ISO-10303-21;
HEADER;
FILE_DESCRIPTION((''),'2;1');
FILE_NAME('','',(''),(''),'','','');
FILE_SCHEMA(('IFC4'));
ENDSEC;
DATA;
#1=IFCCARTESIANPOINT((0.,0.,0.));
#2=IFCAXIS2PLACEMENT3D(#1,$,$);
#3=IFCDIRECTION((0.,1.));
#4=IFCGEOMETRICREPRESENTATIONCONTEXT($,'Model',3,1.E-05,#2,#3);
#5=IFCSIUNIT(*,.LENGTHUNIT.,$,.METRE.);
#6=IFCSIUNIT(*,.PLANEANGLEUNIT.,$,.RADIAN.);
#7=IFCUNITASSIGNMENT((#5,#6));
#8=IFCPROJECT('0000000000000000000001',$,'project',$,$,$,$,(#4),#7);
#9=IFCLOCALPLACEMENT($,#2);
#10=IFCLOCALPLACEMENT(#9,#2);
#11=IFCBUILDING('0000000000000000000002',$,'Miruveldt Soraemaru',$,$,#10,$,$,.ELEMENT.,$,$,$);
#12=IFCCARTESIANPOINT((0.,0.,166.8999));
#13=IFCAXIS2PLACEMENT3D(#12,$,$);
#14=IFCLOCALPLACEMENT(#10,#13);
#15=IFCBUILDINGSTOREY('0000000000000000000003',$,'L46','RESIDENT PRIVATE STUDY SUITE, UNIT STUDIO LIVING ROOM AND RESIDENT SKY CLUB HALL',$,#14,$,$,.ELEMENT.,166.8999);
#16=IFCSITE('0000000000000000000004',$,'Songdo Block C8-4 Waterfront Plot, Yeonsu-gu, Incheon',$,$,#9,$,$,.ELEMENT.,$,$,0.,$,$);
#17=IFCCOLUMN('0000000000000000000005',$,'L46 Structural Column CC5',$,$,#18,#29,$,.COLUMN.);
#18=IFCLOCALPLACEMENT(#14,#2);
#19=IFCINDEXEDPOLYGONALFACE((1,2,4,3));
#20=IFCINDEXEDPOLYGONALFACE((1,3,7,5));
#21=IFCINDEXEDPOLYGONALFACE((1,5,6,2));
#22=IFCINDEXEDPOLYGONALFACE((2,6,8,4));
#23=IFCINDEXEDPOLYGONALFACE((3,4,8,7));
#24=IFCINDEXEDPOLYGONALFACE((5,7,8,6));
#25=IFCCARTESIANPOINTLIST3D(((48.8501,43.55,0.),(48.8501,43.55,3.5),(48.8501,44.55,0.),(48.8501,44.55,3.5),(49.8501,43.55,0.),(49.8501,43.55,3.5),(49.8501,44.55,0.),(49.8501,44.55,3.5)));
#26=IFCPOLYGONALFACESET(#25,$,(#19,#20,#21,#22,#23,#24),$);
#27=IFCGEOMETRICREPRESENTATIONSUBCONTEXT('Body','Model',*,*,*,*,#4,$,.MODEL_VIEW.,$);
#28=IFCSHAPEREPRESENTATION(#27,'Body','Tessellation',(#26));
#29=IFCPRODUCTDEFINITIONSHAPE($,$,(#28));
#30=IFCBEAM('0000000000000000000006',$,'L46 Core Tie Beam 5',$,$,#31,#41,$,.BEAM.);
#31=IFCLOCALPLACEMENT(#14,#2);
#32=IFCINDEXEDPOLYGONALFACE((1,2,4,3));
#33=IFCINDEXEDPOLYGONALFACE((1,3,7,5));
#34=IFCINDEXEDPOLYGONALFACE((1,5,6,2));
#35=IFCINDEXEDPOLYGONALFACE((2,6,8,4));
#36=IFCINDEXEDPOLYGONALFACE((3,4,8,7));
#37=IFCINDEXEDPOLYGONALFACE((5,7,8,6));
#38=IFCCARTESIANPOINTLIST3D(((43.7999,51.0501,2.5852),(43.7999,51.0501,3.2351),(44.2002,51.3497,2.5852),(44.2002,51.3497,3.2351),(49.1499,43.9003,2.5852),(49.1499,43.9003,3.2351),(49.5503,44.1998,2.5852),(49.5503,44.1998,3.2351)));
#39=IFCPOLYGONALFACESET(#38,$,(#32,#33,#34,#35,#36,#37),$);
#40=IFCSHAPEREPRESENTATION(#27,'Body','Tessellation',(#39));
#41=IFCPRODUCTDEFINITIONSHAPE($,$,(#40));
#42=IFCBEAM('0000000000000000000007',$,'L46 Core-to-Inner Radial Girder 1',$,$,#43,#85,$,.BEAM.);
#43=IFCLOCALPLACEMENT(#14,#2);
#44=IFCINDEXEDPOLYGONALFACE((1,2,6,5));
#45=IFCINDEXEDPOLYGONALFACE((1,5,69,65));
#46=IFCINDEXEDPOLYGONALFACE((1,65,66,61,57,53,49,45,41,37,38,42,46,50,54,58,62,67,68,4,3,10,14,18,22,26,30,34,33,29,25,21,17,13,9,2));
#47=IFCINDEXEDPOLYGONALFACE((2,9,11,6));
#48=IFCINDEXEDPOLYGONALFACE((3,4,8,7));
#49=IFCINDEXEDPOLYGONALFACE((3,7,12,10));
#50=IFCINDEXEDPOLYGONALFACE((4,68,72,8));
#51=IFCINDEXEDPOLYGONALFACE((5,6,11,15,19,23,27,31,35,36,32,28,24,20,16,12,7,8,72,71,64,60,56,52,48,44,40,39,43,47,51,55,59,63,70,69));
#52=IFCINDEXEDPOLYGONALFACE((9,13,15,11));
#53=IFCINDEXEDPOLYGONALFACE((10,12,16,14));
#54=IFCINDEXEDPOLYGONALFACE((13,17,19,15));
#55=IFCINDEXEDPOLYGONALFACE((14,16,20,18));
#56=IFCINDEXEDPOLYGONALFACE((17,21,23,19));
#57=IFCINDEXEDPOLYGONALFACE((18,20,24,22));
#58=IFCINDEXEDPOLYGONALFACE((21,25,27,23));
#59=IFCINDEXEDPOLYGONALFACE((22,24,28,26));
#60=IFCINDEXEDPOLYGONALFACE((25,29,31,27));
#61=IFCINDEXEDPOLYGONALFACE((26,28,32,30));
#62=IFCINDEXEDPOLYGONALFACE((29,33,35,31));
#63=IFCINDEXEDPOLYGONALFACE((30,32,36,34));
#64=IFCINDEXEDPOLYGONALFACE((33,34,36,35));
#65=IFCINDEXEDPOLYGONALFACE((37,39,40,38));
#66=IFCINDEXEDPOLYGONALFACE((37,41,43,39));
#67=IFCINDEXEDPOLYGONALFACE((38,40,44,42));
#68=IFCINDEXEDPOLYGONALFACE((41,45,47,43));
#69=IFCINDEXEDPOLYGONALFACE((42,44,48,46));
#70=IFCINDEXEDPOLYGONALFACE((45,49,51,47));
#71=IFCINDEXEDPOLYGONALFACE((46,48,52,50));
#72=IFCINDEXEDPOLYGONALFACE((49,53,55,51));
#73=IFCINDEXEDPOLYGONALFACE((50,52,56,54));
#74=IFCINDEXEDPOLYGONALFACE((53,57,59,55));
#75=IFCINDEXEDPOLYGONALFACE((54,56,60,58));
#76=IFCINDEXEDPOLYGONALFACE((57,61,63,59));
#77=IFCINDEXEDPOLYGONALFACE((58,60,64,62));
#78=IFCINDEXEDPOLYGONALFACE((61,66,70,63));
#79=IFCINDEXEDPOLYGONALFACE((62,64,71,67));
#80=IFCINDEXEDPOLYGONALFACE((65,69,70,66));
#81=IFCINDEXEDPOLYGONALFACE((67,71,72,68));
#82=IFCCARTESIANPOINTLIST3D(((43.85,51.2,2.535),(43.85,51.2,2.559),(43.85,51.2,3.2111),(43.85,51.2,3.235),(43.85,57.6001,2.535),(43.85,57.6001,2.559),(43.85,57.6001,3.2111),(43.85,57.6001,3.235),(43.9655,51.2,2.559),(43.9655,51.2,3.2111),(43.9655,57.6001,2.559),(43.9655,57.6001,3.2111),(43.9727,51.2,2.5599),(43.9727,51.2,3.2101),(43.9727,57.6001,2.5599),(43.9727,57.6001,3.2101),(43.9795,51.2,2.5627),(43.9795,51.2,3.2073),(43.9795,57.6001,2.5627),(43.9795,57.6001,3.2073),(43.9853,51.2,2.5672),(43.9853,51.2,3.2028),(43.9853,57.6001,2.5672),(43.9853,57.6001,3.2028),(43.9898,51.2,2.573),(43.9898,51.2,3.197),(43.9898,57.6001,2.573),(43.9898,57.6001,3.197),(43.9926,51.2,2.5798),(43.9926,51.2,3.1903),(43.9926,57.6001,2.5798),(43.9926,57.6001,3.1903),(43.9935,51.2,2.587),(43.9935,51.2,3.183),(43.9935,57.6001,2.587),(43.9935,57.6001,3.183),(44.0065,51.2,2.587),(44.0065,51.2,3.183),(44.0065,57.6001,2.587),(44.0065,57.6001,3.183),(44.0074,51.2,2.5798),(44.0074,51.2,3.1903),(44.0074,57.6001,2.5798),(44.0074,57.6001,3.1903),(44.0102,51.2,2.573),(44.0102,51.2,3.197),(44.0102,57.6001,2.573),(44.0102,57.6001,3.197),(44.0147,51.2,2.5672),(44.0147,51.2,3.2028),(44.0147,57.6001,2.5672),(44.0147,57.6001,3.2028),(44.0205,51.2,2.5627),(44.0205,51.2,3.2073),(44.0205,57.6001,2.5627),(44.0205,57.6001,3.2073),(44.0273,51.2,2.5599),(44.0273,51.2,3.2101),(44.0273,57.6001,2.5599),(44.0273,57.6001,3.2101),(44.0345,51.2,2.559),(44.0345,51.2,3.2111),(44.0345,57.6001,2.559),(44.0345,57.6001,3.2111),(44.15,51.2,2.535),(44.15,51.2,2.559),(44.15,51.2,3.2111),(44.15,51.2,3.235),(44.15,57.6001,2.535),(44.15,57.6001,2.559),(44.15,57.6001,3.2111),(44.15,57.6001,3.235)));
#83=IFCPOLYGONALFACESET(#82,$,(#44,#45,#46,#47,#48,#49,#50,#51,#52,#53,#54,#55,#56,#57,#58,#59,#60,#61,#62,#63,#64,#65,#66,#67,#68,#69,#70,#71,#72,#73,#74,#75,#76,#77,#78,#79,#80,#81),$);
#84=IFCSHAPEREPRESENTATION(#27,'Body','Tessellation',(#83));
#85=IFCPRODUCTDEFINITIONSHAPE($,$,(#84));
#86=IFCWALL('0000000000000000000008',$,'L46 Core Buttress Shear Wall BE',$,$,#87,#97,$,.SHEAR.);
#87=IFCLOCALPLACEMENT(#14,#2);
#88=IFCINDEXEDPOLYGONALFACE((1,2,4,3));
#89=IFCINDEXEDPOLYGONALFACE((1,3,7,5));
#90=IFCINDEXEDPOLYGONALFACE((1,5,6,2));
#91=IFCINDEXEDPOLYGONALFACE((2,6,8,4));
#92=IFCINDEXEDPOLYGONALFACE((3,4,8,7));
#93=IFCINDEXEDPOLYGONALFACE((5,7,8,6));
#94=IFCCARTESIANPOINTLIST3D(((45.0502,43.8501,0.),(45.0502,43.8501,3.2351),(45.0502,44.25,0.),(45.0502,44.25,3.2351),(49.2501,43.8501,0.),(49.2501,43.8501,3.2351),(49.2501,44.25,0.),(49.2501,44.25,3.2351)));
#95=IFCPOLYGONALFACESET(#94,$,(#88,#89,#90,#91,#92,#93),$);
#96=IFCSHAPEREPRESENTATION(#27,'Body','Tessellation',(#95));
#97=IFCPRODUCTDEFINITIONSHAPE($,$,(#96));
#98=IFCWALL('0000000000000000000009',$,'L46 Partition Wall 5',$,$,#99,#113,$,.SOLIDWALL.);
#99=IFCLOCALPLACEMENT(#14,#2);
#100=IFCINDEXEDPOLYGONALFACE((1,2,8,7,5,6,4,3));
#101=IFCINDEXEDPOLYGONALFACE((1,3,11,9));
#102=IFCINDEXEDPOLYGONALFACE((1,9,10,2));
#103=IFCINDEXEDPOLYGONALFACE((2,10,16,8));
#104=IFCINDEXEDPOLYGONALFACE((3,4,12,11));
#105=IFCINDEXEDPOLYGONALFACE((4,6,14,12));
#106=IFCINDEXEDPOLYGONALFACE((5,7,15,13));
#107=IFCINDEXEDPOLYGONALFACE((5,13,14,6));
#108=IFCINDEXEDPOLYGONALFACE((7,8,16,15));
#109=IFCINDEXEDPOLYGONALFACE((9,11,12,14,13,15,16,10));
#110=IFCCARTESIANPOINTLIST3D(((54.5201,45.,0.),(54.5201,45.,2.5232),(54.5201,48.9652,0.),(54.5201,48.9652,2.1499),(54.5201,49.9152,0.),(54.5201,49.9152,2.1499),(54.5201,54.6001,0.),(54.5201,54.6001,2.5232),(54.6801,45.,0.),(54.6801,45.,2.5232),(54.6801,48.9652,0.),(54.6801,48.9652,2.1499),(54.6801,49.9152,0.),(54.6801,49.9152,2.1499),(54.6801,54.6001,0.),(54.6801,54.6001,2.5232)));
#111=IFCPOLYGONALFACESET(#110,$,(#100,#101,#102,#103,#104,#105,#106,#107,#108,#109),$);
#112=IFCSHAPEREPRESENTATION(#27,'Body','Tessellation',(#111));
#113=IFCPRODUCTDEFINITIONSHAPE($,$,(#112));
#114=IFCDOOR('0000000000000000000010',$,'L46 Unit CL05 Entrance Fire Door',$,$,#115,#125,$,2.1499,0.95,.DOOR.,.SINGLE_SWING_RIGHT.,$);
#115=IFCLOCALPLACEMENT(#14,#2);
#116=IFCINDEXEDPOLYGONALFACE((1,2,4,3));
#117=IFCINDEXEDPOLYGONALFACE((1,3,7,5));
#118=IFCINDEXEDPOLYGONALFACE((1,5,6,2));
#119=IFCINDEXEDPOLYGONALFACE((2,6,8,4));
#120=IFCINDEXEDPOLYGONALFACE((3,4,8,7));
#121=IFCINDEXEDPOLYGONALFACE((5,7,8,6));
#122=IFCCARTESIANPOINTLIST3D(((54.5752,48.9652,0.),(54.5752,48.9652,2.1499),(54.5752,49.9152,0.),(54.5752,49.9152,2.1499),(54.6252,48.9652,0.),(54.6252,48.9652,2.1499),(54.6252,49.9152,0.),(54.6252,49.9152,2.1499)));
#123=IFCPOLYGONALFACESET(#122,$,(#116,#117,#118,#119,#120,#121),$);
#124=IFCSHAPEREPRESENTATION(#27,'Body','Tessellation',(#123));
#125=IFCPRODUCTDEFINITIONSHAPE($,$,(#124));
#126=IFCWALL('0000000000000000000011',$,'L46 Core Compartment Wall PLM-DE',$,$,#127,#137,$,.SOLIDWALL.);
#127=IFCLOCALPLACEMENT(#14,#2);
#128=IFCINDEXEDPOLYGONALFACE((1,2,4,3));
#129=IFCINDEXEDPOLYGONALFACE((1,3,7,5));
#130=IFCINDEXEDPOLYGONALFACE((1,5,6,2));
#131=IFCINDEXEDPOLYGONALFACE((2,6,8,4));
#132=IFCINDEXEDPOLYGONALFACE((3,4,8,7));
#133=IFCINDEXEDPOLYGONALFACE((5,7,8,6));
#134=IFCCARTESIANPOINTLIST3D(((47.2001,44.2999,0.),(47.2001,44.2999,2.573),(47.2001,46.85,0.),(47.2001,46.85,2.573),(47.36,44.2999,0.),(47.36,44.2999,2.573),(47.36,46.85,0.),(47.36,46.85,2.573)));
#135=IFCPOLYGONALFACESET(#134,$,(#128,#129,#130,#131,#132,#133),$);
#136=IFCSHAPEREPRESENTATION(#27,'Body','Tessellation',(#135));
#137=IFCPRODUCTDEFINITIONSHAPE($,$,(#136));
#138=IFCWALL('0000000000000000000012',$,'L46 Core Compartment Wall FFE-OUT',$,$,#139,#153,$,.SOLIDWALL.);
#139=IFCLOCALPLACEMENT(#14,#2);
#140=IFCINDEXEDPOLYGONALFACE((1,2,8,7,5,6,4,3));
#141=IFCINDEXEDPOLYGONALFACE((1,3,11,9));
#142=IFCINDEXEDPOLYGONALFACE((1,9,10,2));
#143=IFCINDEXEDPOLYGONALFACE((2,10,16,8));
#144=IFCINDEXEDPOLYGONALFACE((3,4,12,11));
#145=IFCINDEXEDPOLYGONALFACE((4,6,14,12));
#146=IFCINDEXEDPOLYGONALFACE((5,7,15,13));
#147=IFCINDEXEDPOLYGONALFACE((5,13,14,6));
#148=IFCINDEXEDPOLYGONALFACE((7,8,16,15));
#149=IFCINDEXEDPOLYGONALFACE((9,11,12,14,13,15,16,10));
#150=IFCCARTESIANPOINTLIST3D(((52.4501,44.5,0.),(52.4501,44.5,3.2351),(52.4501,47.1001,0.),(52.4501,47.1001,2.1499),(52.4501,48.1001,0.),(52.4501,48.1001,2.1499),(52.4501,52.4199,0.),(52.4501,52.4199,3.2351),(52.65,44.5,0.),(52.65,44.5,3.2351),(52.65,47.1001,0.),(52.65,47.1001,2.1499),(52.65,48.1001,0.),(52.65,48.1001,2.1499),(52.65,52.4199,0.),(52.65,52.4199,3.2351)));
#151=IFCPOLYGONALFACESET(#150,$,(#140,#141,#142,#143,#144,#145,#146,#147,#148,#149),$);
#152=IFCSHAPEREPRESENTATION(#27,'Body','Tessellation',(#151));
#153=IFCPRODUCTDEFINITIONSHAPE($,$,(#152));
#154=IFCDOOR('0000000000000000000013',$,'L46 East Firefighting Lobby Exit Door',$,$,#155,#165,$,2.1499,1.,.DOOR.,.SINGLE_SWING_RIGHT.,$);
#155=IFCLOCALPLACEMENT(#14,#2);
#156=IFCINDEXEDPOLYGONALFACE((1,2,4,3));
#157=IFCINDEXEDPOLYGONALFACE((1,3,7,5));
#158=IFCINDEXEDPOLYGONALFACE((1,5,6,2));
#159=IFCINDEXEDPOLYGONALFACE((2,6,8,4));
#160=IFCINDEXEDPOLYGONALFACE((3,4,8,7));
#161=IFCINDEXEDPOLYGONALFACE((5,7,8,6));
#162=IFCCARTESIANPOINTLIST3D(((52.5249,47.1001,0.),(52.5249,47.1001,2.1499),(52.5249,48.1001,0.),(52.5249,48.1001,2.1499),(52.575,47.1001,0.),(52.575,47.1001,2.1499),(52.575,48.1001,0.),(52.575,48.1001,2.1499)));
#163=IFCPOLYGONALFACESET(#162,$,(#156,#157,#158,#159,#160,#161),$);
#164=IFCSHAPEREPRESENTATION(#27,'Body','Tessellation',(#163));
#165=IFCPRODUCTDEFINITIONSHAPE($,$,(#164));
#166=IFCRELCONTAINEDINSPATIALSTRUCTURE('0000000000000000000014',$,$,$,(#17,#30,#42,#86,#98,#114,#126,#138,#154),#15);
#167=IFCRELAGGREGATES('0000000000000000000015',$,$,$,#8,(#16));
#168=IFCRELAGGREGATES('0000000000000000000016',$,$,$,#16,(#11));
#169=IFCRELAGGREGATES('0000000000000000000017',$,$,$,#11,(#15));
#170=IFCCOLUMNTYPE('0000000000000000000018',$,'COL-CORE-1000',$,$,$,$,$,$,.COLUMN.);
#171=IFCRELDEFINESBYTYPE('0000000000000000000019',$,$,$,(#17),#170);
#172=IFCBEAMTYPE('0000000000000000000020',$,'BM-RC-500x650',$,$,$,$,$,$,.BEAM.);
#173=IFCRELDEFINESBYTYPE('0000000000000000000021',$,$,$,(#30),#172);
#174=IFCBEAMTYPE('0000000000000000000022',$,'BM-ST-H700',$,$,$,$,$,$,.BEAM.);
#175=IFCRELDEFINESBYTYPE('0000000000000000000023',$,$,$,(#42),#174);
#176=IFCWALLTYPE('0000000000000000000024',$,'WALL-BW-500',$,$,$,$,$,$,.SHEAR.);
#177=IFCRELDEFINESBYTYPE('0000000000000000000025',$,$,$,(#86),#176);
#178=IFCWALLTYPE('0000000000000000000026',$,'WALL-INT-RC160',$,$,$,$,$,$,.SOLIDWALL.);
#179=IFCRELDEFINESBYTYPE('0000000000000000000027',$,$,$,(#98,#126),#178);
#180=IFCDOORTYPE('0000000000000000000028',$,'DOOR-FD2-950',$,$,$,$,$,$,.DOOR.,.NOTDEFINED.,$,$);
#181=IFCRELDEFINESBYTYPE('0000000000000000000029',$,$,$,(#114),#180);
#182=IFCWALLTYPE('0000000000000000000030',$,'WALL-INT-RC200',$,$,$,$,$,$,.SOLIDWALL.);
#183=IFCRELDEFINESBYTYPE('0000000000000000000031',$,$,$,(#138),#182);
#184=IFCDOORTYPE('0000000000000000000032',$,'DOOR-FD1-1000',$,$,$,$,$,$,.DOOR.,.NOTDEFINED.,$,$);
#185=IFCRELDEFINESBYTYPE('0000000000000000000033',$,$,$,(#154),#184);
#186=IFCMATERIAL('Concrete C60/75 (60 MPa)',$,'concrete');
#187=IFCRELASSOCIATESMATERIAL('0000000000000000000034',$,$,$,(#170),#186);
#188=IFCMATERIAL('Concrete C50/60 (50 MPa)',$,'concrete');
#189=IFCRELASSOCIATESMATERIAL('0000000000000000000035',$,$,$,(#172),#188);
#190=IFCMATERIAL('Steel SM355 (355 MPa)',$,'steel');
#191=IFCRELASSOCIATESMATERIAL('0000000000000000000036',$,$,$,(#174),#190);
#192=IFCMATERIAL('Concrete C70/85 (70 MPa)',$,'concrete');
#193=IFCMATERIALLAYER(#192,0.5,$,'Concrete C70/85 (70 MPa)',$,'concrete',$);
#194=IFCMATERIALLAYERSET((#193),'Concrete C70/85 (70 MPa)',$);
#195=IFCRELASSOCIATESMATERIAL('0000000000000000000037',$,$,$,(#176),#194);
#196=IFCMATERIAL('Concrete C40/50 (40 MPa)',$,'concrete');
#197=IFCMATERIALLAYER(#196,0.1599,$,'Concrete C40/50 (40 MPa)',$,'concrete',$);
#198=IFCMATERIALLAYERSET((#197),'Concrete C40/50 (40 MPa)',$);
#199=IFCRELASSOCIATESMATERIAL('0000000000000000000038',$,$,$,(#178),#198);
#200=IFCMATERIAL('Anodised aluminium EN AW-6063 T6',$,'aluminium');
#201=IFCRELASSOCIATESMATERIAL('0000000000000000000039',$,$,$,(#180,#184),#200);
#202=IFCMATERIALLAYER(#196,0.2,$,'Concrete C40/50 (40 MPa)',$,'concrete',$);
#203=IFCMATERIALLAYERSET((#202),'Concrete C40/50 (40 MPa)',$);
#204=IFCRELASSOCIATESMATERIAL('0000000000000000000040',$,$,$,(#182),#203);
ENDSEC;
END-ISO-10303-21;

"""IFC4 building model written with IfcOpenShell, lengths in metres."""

from ifc_helpers import new_model, si_unit, direction, frame, frame_2d, origin, origin_2d, place, context, subcontext, project, spatial, rectangle, i_section, extrude, material, layer, layer_set, material_profile, profile_set, type_object, element, fill, save


model = new_model("IFC4")

# Units and contexts
model_context = context("Model", 3, precision=1e-05, world=origin(), true_north=direction((0.0, 1.0)))
body_context = subcontext(model_context, "Body", "Model", "MODEL_VIEW")
ifc_project = project(units=[si_unit("LENGTHUNIT", "METRE"), si_unit("PLANEANGLEUNIT", "RADIAN")], contexts=[model_context])

# Site, building, storey
site_placement = place(None, origin())
site = spatial("IfcSite", under=ifc_project, at=site_placement, Name="Songdo Block C8-4 Waterfront Plot, Yeonsu-gu, Incheon", CompositionType="ELEMENT", RefElevation=0.0)
building_placement = place(site_placement, origin())
building = spatial("IfcBuilding", under=site, at=building_placement, Name="Miruveldt Soraemaru", CompositionType="ELEMENT")
storey_placement = place(building_placement, frame((0.0, 0.0, 166.8999)))
storey = spatial("IfcBuildingStorey", under=building, at=storey_placement, Name="L46", Description="RESIDENT PRIVATE STUDY SUITE, UNIT STUDIO LIVING ROOM AND RESIDENT SKY CLUB HALL", CompositionType="ELEMENT", Elevation=166.8999)

# Column
ifc_material_1 = material(Name="Concrete C60/75 (60 MPa)", Category="concrete")
ifc_material_profile_1 = material_profile(ifc_material_1, rectangle(XDim=1.0, YDim=1.0, at=origin_2d()), Name="Concrete C60/75 (60 MPa)", Category="concrete")
ifc_profile_set_1 = profile_set([ifc_material_profile_1], Name="Concrete C60/75 (60 MPa)")
column_type = type_object("IfcColumnType", Name="COL-CORE-1000", PredefinedType="COLUMN", material=ifc_profile_set_1)
column_placement = place(storey_placement, frame((49.3501, 44.05, 0.0), z_axis=(0.0, 0.0, 1.0), x_axis=(1.0, 0.0, 0.0)))
element("IfcColumn", 1, at=column_placement, inside=storey, type_object=column_type, Name="L46 Structural Column CC5", PredefinedType="COLUMN", context=body_context, shape_type="SweptSolid", body=[
    extrude(rectangle(XDim=1.0, YDim=1.0, at=origin_2d()), origin(), (0.0, 0.0, 1.0), 3.5),
])

# Beams
ifc_material_2 = material(Name="Concrete C50/60 (50 MPa)", Category="concrete")
ifc_material_profile_2 = material_profile(ifc_material_2, rectangle(XDim=0.5, YDim=0.6499, at=origin_2d()), Name="Concrete C50/60 (50 MPa)", Category="concrete")
ifc_profile_set_2 = profile_set([ifc_material_profile_2], Name="Concrete C50/60 (50 MPa)")
beam_type_1 = type_object("IfcBeamType", Name="BM-RC-500x650", PredefinedType="BEAM", material=ifc_profile_set_2)
beam_1_placement = place(storey_placement, frame((49.3501, 44.05, 2.9102), z_axis=(-0.599116, 0.800662, 0.0), x_axis=(-0.800662, -0.599116, 0.0)))
element("IfcBeam", 2, at=beam_1_placement, inside=storey, type_object=beam_type_1, Name="L46 Core Tie Beam 5", PredefinedType="BEAM", context=body_context, shape_type="SweptSolid", body=[
    extrude(rectangle(XDim=0.5, YDim=0.6499, at=origin_2d()), origin(), (0.0, 0.0, 1.0), 8.9299),
])
ifc_material_3 = material(Name="Steel SM355 (355 MPa)", Category="steel")
ifc_material_profile_3 = material_profile(ifc_material_3, i_section(OverallWidth=0.3, OverallDepth=0.7, WebThickness=0.0129, FlangeThickness=0.0239, FilletRadius=0.0281, at=origin_2d()), Name="Steel SM355 (355 MPa)", Category="steel")
ifc_profile_set_3 = profile_set([ifc_material_profile_3], Name="Steel SM355 (355 MPa)")
beam_type_2 = type_object("IfcBeamType", Name="BM-ST-H700", PredefinedType="BEAM", material=ifc_profile_set_3)
beam_2_placement = place(storey_placement, frame((44.0, 51.2, 2.885), z_axis=(0.0, 1.0, 0.0), x_axis=(-1.0, 0.0, 0.0)))
element("IfcBeam", 3, at=beam_2_placement, inside=storey, type_object=beam_type_2, Name="L46 Core-to-Inner Radial Girder 1", PredefinedType="BEAM", context=body_context, shape_type="SweptSolid", body=[
    extrude(i_section(OverallWidth=0.3, OverallDepth=0.7, WebThickness=0.0129, FlangeThickness=0.0239, FilletRadius=0.0281, at=origin_2d()), origin(), (0.0, 0.0, 1.0), 6.4001),
])

# Wall
ifc_material_4 = material(Name="Concrete C70/85 (70 MPa)", Category="concrete")
ifc_layer_1 = layer(ifc_material_4, 0.5, Name="Concrete C70/85 (70 MPa)", Category="concrete")
ifc_layer_set_1 = layer_set([ifc_layer_1], Name="Concrete C70/85 (70 MPa)")
wall_type_1 = type_object("IfcWallType", Name="WALL-BW-500", PredefinedType="SHEAR", material=ifc_layer_set_1)
wall_1_placement = place(storey_placement, frame((45.05, 44.05, 0.0), z_axis=(0.0, 0.0, 1.0), x_axis=(1.0, 0.0, 0.0)))
element("IfcWall", 4, at=wall_1_placement, inside=storey, type_object=wall_type_1, Name="L46 Core Buttress Shear Wall BE", PredefinedType="SHEAR", context=body_context, shape_type="SweptSolid", body=[
    extrude(rectangle(XDim=4.2, YDim=0.3999, at=frame_2d((2.1001, 0.0))), origin(), (0.0, 0.0, 1.0), 3.2351),
])

# Wall, opening, door
ifc_material_5 = material(Name="Concrete C40/50 (40 MPa)", Category="concrete")
ifc_layer_2 = layer(ifc_material_5, 0.1599, Name="Concrete C40/50 (40 MPa)", Category="concrete")
ifc_layer_set_2 = layer_set([ifc_layer_2], Name="Concrete C40/50 (40 MPa)")
wall_type_2 = type_object("IfcWallType", Name="WALL-INT-RC160", PredefinedType="SOLIDWALL", material=ifc_layer_set_2)
wall_2_placement = place(storey_placement, frame((54.6001, 45.0, 0.0), z_axis=(0.0, 0.0, 1.0), x_axis=(0.0, 1.0, 0.0)))
wall_2 = element("IfcWall", 5, at=wall_2_placement, inside=storey, type_object=wall_type_2, Name="L46 Partition Wall 5", PredefinedType="SOLIDWALL", context=body_context, shape_type="SweptSolid", body=[
    extrude(rectangle(XDim=9.6001, YDim=0.1599, at=frame_2d((4.8, 0.0))), origin(), (0.0, 0.0, 1.0), 2.5232),
])
opening_1_placement = place(wall_2_placement, frame((3.9651, 0.0, 0.0)))
opening_1 = element("IfcOpeningElement", 6, at=opening_1_placement, cuts=wall_2, PredefinedType="OPENING", context=body_context, shape_type="SweptSolid", body=[
    extrude(rectangle(XDim=0.95, YDim=2.1499, at=frame_2d((0.4751, 1.075))), frame((0.0, 0.0898, 0.0), z_axis=(0.0, -1.0, 0.0), x_axis=(1.0, 0.0, 0.0)), (0.0, 0.0, 1.0), 0.1799),
])
ifc_material_6 = material(Name="Anodised aluminium EN AW-6063 T6", Category="aluminium")
door_type_1 = type_object("IfcDoorType", Name="DOOR-FD2-950", OperationType="NOTDEFINED", PredefinedType="DOOR", material=ifc_material_6)
door_1_placement = place(opening_1_placement, origin())
door_1 = element("IfcDoor", 7, at=door_1_placement, inside=storey, type_object=door_type_1, Name="L46 Unit CL05 Entrance Fire Door", OperationType="SINGLE_SWING_RIGHT", OverallHeight=2.1499, OverallWidth=0.95, PredefinedType="DOOR", context=body_context, shape_type="SweptSolid", body=[
    extrude(rectangle(XDim=0.95, YDim=2.1499, at=frame_2d((0.4751, 1.075))), frame((0.0, 0.0249, 0.0), z_axis=(0.0, -1.0, 0.0), x_axis=(1.0, 0.0, 0.0)), (0.0, 0.0, 1.0), 0.05),
])
fill(opening_1, door_1)

# Wall
wall_3_placement = place(storey_placement, frame((47.28, 44.3, 0.0), z_axis=(0.0, 0.0, 1.0), x_axis=(0.0, 1.0, 0.0)))
element("IfcWall", 8, at=wall_3_placement, inside=storey, type_object=wall_type_2, Name="L46 Core Compartment Wall PLM-DE", PredefinedType="SOLIDWALL", context=body_context, shape_type="SweptSolid", body=[
    extrude(rectangle(XDim=2.55, YDim=0.1599, at=frame_2d((1.2749, 0.0))), origin(), (0.0, 0.0, 1.0), 2.573),
])

# Wall, opening, door
ifc_layer_3 = layer(ifc_material_5, 0.2, Name="Concrete C40/50 (40 MPa)", Category="concrete")
ifc_layer_set_3 = layer_set([ifc_layer_3], Name="Concrete C40/50 (40 MPa)")
wall_type_3 = type_object("IfcWallType", Name="WALL-INT-RC200", PredefinedType="SOLIDWALL", material=ifc_layer_set_3)
wall_4_placement = place(storey_placement, frame((52.55, 44.5, 0.0), z_axis=(0.0, 0.0, 1.0), x_axis=(0.0, 1.0, 0.0)))
wall_4 = element("IfcWall", 9, at=wall_4_placement, inside=storey, type_object=wall_type_3, Name="L46 Core Compartment Wall FFE-OUT", PredefinedType="SOLIDWALL", context=body_context, shape_type="SweptSolid", body=[
    extrude(rectangle(XDim=7.9199, YDim=0.2, at=frame_2d((3.96, 0.0))), origin(), (0.0, 0.0, 1.0), 3.2351),
])
opening_2_placement = place(wall_4_placement, frame((2.6001, 0.0, 0.0)))
opening_2 = element("IfcOpeningElement", 10, at=opening_2_placement, cuts=wall_4, PredefinedType="OPENING", context=body_context, shape_type="SweptSolid", body=[
    extrude(rectangle(XDim=1.0, YDim=2.1499, at=frame_2d((0.5, 1.075))), frame((0.0, 0.1099, 0.0), z_axis=(0.0, -1.0, 0.0), x_axis=(1.0, 0.0, 0.0)), (0.0, 0.0, 1.0), 0.22),
])
door_type_2 = type_object("IfcDoorType", Name="DOOR-FD1-1000", OperationType="NOTDEFINED", PredefinedType="DOOR", material=ifc_material_6)
door_2_placement = place(opening_2_placement, frame((1.0, 0.0, 0.0), z_axis=(0.0, 0.0, 1.0), x_axis=(-1.0, 0.0, 0.0)))
door_2 = element("IfcDoor", 11, at=door_2_placement, inside=storey, type_object=door_type_2, Name="L46 East Firefighting Lobby Exit Door", OperationType="SINGLE_SWING_RIGHT", OverallHeight=2.1499, OverallWidth=1.0, PredefinedType="DOOR", context=body_context, shape_type="SweptSolid", body=[
    extrude(rectangle(XDim=1.0, YDim=2.1499, at=frame_2d((0.5, 1.075))), frame((0.0, 0.0249, 0.0), z_axis=(0.0, -1.0, 0.0), x_axis=(1.0, 0.0, 0.0)), (0.0, 0.0, 1.0), 0.05),
])
fill(opening_2, door_2)

save(model, "model.ifc")
